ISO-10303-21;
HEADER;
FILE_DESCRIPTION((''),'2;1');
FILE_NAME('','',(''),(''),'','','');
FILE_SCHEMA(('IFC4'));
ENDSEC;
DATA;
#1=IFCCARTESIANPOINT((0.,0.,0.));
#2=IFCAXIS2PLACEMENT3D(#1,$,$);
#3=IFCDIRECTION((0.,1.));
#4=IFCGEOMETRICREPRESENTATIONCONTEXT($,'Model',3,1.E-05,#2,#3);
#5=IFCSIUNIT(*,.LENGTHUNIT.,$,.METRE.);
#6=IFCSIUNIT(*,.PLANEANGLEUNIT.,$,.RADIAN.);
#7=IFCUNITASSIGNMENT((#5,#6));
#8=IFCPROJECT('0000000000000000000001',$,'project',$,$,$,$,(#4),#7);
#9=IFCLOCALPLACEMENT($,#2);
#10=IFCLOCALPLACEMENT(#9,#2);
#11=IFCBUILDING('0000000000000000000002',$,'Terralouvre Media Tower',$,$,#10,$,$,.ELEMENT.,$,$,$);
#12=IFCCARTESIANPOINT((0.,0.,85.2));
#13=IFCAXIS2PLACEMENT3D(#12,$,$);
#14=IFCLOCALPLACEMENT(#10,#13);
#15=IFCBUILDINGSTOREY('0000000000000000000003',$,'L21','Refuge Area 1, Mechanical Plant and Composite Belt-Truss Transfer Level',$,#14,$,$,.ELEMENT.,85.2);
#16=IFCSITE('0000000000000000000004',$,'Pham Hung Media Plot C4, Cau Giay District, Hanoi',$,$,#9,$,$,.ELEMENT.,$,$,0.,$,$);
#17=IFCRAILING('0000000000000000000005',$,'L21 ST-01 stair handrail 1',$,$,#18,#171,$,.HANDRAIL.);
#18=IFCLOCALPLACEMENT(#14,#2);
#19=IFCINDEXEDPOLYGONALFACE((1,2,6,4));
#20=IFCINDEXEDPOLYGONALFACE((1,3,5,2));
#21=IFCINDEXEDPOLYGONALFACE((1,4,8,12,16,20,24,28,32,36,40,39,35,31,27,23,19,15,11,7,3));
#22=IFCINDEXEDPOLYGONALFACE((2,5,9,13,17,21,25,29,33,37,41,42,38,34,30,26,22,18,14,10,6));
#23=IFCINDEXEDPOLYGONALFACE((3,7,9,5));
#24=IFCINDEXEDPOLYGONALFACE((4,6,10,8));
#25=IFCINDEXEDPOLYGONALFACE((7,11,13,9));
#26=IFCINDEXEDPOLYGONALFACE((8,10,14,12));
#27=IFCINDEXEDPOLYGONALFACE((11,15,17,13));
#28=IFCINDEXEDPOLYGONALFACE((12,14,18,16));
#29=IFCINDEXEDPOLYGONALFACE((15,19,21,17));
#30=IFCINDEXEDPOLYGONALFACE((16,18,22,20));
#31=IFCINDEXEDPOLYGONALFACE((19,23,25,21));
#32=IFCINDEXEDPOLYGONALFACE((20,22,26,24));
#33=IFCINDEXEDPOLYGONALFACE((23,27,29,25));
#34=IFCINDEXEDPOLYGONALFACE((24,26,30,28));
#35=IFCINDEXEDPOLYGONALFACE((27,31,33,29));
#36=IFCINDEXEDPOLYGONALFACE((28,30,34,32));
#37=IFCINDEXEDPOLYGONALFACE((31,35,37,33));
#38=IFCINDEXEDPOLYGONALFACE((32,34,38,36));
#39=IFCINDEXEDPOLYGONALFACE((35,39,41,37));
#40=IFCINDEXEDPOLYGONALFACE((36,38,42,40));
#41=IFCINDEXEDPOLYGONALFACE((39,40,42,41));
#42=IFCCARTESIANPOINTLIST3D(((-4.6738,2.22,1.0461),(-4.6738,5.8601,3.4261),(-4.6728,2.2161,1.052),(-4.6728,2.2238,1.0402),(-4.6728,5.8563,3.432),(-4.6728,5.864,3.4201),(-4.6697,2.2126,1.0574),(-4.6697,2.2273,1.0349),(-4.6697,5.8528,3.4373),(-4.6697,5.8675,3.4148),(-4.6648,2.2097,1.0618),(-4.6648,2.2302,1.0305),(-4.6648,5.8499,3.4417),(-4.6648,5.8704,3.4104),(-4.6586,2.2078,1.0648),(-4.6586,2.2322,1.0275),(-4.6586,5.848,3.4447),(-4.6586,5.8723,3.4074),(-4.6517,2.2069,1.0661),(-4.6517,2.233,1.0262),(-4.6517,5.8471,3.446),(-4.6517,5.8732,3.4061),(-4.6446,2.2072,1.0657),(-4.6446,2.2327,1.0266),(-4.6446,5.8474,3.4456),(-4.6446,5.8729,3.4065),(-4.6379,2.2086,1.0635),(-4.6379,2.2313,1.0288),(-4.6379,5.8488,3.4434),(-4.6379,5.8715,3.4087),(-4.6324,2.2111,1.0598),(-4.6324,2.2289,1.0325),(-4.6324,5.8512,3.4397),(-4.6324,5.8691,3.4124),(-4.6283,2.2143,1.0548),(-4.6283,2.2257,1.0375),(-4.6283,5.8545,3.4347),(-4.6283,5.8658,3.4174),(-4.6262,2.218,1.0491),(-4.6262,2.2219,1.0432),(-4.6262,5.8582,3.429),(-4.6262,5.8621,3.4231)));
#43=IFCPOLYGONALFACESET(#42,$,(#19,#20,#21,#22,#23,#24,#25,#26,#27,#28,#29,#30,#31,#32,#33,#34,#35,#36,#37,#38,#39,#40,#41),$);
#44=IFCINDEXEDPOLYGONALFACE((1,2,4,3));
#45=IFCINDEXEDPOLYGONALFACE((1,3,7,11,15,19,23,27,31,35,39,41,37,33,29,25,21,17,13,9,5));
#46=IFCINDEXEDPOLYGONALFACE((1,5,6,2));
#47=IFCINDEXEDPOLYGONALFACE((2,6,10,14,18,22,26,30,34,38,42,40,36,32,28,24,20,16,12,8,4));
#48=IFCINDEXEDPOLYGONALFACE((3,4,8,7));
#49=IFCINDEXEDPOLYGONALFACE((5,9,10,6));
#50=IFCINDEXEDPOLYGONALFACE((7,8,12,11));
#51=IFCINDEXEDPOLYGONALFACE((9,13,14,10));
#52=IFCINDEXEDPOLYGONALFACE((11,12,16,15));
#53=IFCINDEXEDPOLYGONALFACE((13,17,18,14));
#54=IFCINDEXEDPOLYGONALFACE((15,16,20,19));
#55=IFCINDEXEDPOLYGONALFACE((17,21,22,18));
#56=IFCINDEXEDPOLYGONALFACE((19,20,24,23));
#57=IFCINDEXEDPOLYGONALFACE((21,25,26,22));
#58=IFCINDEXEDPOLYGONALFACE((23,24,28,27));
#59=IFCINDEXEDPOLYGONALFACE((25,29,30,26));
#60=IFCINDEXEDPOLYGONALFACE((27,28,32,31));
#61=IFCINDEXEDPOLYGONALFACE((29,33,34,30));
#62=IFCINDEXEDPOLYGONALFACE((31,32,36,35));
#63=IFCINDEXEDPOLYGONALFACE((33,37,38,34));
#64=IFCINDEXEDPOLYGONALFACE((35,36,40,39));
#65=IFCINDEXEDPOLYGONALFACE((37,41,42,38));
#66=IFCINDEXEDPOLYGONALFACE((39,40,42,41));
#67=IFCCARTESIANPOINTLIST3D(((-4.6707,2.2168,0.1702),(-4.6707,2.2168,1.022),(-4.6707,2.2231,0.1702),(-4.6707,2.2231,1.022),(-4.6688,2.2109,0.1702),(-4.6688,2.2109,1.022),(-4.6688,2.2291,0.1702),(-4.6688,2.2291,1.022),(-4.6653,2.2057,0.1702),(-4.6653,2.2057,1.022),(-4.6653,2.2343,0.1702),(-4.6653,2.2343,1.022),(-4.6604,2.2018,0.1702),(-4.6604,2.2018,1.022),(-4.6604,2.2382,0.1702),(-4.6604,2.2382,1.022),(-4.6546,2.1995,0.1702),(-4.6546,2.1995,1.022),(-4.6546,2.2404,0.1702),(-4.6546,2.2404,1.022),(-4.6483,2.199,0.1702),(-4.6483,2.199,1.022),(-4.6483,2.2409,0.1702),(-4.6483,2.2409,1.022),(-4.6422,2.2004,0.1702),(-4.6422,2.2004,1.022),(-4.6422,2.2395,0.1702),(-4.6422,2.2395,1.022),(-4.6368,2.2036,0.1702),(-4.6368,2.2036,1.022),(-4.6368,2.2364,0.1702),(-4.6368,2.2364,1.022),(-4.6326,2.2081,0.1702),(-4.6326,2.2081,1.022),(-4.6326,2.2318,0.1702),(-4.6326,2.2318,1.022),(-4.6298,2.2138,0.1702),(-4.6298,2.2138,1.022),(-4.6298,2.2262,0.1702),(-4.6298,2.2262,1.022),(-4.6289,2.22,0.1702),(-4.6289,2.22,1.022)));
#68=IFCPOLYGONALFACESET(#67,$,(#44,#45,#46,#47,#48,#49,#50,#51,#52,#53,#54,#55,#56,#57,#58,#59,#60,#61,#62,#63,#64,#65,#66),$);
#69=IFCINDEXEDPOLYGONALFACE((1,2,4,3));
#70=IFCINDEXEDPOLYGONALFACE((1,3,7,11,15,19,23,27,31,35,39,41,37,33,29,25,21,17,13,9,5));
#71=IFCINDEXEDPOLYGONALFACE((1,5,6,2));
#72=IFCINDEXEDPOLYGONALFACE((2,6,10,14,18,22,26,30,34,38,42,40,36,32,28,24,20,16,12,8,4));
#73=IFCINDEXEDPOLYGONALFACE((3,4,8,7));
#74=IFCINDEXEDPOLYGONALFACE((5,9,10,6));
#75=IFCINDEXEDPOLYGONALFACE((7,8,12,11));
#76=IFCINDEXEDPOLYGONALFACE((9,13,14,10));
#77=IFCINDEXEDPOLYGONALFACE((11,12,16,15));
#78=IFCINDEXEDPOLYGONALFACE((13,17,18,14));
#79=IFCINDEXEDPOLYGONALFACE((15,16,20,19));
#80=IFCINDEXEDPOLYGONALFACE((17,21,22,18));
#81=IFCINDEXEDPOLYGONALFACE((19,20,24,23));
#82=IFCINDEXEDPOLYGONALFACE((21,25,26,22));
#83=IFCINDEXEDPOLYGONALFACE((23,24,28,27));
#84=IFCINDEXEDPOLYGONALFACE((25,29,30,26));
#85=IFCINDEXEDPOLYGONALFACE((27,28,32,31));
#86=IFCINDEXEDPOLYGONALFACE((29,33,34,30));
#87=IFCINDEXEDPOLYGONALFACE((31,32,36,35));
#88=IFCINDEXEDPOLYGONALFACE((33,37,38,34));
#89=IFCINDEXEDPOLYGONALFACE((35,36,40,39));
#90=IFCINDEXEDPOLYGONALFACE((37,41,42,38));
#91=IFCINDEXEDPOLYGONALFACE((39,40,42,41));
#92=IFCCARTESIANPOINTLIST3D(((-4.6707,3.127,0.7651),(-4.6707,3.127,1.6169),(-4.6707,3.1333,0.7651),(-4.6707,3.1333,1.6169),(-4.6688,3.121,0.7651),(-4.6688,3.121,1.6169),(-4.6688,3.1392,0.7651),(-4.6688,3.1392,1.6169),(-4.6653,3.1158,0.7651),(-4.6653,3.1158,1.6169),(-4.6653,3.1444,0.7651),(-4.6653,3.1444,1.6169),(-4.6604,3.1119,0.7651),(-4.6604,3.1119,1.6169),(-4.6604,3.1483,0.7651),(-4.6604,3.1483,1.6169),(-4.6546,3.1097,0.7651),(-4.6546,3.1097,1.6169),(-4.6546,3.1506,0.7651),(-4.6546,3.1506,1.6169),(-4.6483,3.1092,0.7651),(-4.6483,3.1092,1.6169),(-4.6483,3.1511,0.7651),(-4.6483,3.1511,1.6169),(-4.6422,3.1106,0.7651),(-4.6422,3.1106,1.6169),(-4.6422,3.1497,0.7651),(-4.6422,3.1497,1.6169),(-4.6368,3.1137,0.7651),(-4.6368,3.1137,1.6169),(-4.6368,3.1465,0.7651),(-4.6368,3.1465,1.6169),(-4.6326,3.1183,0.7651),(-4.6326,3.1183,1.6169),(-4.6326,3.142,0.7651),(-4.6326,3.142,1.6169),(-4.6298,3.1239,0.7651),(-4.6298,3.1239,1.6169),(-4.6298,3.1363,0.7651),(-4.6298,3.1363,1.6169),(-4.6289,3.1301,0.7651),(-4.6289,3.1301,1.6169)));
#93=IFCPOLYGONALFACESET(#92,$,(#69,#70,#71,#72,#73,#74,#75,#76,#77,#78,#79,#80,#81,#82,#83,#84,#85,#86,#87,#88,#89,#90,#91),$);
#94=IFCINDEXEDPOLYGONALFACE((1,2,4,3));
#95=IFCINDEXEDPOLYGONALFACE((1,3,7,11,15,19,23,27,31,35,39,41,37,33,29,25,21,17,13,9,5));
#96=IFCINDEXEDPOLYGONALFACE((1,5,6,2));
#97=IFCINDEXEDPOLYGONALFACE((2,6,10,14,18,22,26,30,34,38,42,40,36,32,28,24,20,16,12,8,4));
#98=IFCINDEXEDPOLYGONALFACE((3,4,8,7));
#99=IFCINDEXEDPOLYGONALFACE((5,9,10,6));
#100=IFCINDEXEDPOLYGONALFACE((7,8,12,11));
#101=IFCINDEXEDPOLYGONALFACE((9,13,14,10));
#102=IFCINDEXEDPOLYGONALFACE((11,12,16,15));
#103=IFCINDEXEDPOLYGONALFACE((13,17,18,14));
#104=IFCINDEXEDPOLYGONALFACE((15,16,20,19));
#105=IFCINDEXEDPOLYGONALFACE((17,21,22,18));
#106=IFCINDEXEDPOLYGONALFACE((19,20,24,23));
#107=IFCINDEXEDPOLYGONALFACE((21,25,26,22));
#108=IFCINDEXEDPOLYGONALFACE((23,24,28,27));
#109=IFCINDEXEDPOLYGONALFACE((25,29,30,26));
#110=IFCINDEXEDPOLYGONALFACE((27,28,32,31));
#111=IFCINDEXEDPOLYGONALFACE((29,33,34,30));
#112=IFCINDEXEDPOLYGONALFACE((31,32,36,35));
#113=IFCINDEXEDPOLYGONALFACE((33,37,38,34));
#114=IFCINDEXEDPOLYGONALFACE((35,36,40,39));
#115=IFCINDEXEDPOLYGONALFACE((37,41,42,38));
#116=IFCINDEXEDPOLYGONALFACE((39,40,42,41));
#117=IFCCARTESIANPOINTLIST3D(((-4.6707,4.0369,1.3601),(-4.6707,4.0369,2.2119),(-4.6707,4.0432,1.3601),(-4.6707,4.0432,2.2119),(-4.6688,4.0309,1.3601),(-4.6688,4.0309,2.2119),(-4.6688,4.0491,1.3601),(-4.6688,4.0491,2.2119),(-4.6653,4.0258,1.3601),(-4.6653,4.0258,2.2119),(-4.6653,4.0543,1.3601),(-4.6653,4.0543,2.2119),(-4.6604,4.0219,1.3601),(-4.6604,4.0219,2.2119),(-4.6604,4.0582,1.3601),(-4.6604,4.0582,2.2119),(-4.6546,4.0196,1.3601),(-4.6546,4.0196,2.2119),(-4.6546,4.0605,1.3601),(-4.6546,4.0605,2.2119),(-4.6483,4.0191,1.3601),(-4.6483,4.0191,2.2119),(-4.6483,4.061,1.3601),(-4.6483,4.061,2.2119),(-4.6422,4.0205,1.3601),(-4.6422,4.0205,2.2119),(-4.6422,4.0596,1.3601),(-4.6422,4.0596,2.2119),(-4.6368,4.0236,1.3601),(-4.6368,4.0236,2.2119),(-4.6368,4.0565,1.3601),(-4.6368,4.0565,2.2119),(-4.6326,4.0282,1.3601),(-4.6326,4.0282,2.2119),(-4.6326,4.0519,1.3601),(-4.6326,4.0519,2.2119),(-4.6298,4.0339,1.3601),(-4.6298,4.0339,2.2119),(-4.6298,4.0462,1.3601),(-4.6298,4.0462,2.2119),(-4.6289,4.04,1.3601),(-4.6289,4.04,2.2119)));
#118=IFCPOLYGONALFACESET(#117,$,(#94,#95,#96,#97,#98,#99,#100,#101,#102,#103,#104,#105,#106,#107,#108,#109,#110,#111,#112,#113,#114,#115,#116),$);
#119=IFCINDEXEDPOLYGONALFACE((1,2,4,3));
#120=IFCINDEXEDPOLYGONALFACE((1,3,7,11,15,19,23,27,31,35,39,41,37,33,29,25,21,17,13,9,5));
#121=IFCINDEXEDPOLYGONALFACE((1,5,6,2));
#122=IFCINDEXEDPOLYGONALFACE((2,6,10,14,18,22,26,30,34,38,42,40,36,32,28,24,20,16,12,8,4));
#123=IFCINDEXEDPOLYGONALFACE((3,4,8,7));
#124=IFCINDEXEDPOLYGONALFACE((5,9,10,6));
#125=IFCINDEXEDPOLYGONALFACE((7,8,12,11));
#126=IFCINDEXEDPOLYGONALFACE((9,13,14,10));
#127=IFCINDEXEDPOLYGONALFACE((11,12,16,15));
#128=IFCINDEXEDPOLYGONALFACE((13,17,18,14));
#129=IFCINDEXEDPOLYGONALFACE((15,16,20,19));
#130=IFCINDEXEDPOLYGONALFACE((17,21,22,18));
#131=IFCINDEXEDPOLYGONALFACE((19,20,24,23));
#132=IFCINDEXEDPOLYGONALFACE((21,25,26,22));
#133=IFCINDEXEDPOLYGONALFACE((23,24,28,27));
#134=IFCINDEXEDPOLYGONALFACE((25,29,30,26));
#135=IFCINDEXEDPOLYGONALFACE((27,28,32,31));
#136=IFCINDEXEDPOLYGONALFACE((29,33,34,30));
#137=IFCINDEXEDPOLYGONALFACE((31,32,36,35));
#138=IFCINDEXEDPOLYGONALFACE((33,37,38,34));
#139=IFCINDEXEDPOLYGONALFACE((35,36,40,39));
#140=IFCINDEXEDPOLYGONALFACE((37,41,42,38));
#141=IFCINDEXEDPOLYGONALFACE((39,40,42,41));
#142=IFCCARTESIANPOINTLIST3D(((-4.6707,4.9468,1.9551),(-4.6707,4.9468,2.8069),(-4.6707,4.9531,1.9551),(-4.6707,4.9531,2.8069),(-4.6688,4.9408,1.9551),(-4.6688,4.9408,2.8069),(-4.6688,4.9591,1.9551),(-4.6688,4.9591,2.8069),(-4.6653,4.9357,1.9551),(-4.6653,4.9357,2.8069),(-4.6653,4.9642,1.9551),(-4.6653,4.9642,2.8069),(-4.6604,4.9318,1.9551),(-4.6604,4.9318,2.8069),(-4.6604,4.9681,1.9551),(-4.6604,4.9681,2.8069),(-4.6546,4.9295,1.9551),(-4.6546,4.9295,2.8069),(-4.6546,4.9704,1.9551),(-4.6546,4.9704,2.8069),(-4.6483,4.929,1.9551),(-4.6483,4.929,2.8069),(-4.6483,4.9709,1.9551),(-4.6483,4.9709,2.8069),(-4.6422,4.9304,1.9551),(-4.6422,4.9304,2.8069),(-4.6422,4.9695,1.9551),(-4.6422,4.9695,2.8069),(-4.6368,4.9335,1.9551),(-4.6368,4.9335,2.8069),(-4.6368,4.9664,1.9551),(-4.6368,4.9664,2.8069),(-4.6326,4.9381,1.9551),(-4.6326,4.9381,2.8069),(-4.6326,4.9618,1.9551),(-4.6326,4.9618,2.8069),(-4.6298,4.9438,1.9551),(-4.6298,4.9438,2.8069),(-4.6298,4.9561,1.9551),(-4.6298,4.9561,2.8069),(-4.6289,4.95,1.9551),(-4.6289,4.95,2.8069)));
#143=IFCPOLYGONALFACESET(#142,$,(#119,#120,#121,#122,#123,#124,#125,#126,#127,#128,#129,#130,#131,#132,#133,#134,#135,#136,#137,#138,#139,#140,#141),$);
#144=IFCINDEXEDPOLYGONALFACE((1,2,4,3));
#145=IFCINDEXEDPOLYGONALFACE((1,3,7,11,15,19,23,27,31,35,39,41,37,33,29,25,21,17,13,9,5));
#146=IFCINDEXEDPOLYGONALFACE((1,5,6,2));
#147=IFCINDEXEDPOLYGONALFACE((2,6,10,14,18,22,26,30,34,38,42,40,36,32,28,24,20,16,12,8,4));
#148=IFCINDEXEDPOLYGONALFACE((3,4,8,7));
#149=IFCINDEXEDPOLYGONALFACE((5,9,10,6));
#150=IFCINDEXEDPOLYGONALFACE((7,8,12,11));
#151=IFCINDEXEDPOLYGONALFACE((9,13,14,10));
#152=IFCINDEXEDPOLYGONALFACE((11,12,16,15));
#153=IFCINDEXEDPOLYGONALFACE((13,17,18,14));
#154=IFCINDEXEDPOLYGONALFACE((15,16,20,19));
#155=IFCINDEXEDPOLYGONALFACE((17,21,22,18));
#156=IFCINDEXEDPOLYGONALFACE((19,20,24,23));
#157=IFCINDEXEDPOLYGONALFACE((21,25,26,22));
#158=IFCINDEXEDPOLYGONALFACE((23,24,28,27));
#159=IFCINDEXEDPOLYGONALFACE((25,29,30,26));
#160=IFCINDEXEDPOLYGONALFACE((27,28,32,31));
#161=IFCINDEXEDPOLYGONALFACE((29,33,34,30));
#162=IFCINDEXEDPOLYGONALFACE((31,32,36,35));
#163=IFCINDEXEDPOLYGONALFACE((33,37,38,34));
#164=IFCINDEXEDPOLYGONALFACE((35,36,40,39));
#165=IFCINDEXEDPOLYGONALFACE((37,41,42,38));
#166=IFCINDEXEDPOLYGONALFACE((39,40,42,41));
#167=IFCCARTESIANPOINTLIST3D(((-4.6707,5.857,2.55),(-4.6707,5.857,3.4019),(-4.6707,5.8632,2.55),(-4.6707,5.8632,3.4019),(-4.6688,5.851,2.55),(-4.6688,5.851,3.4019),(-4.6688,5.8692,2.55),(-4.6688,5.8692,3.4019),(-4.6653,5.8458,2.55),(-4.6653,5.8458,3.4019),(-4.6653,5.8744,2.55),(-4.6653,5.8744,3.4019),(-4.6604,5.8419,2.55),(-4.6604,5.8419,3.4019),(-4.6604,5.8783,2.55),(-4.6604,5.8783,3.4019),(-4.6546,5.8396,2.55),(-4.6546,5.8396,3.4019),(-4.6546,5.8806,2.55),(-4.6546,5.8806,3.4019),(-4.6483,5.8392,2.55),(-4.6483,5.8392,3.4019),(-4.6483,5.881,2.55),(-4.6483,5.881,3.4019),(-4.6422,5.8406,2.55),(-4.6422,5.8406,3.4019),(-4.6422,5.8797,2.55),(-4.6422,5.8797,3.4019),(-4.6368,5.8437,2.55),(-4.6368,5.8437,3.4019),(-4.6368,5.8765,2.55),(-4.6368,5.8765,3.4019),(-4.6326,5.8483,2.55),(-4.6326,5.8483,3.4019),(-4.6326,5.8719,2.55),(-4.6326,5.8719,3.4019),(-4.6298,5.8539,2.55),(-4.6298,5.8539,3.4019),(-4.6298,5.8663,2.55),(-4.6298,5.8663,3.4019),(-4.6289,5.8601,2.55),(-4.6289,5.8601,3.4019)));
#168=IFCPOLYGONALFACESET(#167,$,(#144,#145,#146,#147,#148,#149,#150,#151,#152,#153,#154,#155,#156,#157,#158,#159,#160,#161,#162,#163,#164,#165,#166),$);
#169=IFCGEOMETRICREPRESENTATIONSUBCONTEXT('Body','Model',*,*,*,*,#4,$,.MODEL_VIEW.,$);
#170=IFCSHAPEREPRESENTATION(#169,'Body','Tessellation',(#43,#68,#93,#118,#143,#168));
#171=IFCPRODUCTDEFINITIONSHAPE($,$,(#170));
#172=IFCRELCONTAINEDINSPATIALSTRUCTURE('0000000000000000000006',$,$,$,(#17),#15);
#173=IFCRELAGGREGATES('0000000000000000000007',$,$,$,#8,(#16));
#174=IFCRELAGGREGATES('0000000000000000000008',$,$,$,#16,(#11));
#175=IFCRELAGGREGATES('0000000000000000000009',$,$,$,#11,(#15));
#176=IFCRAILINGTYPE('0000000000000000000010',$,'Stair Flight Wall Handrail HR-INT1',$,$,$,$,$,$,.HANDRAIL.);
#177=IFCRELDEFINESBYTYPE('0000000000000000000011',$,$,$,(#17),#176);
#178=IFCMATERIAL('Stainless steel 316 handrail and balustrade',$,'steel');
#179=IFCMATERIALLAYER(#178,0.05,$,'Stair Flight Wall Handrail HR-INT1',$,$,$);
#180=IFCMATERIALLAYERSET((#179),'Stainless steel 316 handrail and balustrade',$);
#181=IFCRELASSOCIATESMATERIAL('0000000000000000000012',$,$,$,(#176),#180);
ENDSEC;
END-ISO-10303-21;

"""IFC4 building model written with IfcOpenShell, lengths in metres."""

from ifc_helpers import new_model, si_unit, direction, frame, origin, origin_2d, place, context, subcontext, project, spatial, circle, extrude, material, layer, layer_set, type_object, element, save


model = new_model("IFC4")

# Units and contexts
model_context = context("Model", 3, precision=1e-05, world=origin(), true_north=direction((0.0, 1.0)))
body_context = subcontext(model_context, "Body", "Model", "MODEL_VIEW")
ifc_project = project(units=[si_unit("LENGTHUNIT", "METRE"), si_unit("PLANEANGLEUNIT", "RADIAN")], contexts=[model_context])

# Site, building, storey
site_placement = place(None, origin())
site = spatial("IfcSite", under=ifc_project, at=site_placement, Name="Pham Hung Media Plot C4, Cau Giay District, Hanoi", CompositionType="ELEMENT", RefElevation=0.0)
building_placement = place(site_placement, origin())
building = spatial("IfcBuilding", under=site, at=building_placement, Name="Terralouvre Media Tower", CompositionType="ELEMENT")
storey_placement = place(building_placement, frame((0.0, 0.0, 85.2)))
storey = spatial("IfcBuildingStorey", under=building, at=storey_placement, Name="L21", Description="Refuge Area 1, Mechanical Plant and Composite Belt-Truss Transfer Level", CompositionType="ELEMENT", Elevation=85.2)

# Railing
ifc_material_1 = material(Name="Stainless steel 316 handrail and balustrade", Category="steel")
ifc_layer_1 = layer(ifc_material_1, 0.05, Name="Stair Flight Wall Handrail HR-INT1")
ifc_layer_set_1 = layer_set([ifc_layer_1], Name="Stainless steel 316 handrail and balustrade")
railing_type_1 = type_object("IfcRailingType", Name="Stair Flight Wall Handrail HR-INT1", PredefinedType="HANDRAIL", material=ifc_layer_set_1)
railing_1_placement = place(storey_placement, frame((-4.6499, 2.22, 0.1702)))
element("IfcRailing", 1, at=railing_1_placement, inside=storey, type_object=railing_type_1, Name="L21 ST-01 stair handrail 1", PredefinedType="HANDRAIL", context=body_context, shape_type="SweptSolid", body=[
    extrude(circle(Radius=0.0239, at=origin_2d()), frame((0.0, 0.0, 0.876), z_axis=(0.0, 0.836991, 0.547216), x_axis=(-1.0, 0.0, 0.0)), (0.0, 0.0, 1.0), 4.3491),
    extrude(circle(Radius=0.021, at=origin_2d()), origin(), (0.0, 0.0, 1.0), 0.8518),
    extrude(circle(Radius=0.021, at=origin_2d()), frame((0.0, 0.9102, 0.595)), (0.0, 0.0, 1.0), 0.8518),
    extrude(circle(Radius=0.021, at=origin_2d()), frame((0.0, 1.8201, 1.1899)), (0.0, 0.0, 1.0), 0.8518),
    extrude(circle(Radius=0.021, at=origin_2d()), frame((0.0, 2.73, 1.7849)), (0.0, 0.0, 1.0), 0.8518),
    extrude(circle(Radius=0.021, at=origin_2d()), frame((0.0, 3.6401, 2.3799)), (0.0, 0.0, 1.0), 0.8518),
])

save(model, "model.ifc")
